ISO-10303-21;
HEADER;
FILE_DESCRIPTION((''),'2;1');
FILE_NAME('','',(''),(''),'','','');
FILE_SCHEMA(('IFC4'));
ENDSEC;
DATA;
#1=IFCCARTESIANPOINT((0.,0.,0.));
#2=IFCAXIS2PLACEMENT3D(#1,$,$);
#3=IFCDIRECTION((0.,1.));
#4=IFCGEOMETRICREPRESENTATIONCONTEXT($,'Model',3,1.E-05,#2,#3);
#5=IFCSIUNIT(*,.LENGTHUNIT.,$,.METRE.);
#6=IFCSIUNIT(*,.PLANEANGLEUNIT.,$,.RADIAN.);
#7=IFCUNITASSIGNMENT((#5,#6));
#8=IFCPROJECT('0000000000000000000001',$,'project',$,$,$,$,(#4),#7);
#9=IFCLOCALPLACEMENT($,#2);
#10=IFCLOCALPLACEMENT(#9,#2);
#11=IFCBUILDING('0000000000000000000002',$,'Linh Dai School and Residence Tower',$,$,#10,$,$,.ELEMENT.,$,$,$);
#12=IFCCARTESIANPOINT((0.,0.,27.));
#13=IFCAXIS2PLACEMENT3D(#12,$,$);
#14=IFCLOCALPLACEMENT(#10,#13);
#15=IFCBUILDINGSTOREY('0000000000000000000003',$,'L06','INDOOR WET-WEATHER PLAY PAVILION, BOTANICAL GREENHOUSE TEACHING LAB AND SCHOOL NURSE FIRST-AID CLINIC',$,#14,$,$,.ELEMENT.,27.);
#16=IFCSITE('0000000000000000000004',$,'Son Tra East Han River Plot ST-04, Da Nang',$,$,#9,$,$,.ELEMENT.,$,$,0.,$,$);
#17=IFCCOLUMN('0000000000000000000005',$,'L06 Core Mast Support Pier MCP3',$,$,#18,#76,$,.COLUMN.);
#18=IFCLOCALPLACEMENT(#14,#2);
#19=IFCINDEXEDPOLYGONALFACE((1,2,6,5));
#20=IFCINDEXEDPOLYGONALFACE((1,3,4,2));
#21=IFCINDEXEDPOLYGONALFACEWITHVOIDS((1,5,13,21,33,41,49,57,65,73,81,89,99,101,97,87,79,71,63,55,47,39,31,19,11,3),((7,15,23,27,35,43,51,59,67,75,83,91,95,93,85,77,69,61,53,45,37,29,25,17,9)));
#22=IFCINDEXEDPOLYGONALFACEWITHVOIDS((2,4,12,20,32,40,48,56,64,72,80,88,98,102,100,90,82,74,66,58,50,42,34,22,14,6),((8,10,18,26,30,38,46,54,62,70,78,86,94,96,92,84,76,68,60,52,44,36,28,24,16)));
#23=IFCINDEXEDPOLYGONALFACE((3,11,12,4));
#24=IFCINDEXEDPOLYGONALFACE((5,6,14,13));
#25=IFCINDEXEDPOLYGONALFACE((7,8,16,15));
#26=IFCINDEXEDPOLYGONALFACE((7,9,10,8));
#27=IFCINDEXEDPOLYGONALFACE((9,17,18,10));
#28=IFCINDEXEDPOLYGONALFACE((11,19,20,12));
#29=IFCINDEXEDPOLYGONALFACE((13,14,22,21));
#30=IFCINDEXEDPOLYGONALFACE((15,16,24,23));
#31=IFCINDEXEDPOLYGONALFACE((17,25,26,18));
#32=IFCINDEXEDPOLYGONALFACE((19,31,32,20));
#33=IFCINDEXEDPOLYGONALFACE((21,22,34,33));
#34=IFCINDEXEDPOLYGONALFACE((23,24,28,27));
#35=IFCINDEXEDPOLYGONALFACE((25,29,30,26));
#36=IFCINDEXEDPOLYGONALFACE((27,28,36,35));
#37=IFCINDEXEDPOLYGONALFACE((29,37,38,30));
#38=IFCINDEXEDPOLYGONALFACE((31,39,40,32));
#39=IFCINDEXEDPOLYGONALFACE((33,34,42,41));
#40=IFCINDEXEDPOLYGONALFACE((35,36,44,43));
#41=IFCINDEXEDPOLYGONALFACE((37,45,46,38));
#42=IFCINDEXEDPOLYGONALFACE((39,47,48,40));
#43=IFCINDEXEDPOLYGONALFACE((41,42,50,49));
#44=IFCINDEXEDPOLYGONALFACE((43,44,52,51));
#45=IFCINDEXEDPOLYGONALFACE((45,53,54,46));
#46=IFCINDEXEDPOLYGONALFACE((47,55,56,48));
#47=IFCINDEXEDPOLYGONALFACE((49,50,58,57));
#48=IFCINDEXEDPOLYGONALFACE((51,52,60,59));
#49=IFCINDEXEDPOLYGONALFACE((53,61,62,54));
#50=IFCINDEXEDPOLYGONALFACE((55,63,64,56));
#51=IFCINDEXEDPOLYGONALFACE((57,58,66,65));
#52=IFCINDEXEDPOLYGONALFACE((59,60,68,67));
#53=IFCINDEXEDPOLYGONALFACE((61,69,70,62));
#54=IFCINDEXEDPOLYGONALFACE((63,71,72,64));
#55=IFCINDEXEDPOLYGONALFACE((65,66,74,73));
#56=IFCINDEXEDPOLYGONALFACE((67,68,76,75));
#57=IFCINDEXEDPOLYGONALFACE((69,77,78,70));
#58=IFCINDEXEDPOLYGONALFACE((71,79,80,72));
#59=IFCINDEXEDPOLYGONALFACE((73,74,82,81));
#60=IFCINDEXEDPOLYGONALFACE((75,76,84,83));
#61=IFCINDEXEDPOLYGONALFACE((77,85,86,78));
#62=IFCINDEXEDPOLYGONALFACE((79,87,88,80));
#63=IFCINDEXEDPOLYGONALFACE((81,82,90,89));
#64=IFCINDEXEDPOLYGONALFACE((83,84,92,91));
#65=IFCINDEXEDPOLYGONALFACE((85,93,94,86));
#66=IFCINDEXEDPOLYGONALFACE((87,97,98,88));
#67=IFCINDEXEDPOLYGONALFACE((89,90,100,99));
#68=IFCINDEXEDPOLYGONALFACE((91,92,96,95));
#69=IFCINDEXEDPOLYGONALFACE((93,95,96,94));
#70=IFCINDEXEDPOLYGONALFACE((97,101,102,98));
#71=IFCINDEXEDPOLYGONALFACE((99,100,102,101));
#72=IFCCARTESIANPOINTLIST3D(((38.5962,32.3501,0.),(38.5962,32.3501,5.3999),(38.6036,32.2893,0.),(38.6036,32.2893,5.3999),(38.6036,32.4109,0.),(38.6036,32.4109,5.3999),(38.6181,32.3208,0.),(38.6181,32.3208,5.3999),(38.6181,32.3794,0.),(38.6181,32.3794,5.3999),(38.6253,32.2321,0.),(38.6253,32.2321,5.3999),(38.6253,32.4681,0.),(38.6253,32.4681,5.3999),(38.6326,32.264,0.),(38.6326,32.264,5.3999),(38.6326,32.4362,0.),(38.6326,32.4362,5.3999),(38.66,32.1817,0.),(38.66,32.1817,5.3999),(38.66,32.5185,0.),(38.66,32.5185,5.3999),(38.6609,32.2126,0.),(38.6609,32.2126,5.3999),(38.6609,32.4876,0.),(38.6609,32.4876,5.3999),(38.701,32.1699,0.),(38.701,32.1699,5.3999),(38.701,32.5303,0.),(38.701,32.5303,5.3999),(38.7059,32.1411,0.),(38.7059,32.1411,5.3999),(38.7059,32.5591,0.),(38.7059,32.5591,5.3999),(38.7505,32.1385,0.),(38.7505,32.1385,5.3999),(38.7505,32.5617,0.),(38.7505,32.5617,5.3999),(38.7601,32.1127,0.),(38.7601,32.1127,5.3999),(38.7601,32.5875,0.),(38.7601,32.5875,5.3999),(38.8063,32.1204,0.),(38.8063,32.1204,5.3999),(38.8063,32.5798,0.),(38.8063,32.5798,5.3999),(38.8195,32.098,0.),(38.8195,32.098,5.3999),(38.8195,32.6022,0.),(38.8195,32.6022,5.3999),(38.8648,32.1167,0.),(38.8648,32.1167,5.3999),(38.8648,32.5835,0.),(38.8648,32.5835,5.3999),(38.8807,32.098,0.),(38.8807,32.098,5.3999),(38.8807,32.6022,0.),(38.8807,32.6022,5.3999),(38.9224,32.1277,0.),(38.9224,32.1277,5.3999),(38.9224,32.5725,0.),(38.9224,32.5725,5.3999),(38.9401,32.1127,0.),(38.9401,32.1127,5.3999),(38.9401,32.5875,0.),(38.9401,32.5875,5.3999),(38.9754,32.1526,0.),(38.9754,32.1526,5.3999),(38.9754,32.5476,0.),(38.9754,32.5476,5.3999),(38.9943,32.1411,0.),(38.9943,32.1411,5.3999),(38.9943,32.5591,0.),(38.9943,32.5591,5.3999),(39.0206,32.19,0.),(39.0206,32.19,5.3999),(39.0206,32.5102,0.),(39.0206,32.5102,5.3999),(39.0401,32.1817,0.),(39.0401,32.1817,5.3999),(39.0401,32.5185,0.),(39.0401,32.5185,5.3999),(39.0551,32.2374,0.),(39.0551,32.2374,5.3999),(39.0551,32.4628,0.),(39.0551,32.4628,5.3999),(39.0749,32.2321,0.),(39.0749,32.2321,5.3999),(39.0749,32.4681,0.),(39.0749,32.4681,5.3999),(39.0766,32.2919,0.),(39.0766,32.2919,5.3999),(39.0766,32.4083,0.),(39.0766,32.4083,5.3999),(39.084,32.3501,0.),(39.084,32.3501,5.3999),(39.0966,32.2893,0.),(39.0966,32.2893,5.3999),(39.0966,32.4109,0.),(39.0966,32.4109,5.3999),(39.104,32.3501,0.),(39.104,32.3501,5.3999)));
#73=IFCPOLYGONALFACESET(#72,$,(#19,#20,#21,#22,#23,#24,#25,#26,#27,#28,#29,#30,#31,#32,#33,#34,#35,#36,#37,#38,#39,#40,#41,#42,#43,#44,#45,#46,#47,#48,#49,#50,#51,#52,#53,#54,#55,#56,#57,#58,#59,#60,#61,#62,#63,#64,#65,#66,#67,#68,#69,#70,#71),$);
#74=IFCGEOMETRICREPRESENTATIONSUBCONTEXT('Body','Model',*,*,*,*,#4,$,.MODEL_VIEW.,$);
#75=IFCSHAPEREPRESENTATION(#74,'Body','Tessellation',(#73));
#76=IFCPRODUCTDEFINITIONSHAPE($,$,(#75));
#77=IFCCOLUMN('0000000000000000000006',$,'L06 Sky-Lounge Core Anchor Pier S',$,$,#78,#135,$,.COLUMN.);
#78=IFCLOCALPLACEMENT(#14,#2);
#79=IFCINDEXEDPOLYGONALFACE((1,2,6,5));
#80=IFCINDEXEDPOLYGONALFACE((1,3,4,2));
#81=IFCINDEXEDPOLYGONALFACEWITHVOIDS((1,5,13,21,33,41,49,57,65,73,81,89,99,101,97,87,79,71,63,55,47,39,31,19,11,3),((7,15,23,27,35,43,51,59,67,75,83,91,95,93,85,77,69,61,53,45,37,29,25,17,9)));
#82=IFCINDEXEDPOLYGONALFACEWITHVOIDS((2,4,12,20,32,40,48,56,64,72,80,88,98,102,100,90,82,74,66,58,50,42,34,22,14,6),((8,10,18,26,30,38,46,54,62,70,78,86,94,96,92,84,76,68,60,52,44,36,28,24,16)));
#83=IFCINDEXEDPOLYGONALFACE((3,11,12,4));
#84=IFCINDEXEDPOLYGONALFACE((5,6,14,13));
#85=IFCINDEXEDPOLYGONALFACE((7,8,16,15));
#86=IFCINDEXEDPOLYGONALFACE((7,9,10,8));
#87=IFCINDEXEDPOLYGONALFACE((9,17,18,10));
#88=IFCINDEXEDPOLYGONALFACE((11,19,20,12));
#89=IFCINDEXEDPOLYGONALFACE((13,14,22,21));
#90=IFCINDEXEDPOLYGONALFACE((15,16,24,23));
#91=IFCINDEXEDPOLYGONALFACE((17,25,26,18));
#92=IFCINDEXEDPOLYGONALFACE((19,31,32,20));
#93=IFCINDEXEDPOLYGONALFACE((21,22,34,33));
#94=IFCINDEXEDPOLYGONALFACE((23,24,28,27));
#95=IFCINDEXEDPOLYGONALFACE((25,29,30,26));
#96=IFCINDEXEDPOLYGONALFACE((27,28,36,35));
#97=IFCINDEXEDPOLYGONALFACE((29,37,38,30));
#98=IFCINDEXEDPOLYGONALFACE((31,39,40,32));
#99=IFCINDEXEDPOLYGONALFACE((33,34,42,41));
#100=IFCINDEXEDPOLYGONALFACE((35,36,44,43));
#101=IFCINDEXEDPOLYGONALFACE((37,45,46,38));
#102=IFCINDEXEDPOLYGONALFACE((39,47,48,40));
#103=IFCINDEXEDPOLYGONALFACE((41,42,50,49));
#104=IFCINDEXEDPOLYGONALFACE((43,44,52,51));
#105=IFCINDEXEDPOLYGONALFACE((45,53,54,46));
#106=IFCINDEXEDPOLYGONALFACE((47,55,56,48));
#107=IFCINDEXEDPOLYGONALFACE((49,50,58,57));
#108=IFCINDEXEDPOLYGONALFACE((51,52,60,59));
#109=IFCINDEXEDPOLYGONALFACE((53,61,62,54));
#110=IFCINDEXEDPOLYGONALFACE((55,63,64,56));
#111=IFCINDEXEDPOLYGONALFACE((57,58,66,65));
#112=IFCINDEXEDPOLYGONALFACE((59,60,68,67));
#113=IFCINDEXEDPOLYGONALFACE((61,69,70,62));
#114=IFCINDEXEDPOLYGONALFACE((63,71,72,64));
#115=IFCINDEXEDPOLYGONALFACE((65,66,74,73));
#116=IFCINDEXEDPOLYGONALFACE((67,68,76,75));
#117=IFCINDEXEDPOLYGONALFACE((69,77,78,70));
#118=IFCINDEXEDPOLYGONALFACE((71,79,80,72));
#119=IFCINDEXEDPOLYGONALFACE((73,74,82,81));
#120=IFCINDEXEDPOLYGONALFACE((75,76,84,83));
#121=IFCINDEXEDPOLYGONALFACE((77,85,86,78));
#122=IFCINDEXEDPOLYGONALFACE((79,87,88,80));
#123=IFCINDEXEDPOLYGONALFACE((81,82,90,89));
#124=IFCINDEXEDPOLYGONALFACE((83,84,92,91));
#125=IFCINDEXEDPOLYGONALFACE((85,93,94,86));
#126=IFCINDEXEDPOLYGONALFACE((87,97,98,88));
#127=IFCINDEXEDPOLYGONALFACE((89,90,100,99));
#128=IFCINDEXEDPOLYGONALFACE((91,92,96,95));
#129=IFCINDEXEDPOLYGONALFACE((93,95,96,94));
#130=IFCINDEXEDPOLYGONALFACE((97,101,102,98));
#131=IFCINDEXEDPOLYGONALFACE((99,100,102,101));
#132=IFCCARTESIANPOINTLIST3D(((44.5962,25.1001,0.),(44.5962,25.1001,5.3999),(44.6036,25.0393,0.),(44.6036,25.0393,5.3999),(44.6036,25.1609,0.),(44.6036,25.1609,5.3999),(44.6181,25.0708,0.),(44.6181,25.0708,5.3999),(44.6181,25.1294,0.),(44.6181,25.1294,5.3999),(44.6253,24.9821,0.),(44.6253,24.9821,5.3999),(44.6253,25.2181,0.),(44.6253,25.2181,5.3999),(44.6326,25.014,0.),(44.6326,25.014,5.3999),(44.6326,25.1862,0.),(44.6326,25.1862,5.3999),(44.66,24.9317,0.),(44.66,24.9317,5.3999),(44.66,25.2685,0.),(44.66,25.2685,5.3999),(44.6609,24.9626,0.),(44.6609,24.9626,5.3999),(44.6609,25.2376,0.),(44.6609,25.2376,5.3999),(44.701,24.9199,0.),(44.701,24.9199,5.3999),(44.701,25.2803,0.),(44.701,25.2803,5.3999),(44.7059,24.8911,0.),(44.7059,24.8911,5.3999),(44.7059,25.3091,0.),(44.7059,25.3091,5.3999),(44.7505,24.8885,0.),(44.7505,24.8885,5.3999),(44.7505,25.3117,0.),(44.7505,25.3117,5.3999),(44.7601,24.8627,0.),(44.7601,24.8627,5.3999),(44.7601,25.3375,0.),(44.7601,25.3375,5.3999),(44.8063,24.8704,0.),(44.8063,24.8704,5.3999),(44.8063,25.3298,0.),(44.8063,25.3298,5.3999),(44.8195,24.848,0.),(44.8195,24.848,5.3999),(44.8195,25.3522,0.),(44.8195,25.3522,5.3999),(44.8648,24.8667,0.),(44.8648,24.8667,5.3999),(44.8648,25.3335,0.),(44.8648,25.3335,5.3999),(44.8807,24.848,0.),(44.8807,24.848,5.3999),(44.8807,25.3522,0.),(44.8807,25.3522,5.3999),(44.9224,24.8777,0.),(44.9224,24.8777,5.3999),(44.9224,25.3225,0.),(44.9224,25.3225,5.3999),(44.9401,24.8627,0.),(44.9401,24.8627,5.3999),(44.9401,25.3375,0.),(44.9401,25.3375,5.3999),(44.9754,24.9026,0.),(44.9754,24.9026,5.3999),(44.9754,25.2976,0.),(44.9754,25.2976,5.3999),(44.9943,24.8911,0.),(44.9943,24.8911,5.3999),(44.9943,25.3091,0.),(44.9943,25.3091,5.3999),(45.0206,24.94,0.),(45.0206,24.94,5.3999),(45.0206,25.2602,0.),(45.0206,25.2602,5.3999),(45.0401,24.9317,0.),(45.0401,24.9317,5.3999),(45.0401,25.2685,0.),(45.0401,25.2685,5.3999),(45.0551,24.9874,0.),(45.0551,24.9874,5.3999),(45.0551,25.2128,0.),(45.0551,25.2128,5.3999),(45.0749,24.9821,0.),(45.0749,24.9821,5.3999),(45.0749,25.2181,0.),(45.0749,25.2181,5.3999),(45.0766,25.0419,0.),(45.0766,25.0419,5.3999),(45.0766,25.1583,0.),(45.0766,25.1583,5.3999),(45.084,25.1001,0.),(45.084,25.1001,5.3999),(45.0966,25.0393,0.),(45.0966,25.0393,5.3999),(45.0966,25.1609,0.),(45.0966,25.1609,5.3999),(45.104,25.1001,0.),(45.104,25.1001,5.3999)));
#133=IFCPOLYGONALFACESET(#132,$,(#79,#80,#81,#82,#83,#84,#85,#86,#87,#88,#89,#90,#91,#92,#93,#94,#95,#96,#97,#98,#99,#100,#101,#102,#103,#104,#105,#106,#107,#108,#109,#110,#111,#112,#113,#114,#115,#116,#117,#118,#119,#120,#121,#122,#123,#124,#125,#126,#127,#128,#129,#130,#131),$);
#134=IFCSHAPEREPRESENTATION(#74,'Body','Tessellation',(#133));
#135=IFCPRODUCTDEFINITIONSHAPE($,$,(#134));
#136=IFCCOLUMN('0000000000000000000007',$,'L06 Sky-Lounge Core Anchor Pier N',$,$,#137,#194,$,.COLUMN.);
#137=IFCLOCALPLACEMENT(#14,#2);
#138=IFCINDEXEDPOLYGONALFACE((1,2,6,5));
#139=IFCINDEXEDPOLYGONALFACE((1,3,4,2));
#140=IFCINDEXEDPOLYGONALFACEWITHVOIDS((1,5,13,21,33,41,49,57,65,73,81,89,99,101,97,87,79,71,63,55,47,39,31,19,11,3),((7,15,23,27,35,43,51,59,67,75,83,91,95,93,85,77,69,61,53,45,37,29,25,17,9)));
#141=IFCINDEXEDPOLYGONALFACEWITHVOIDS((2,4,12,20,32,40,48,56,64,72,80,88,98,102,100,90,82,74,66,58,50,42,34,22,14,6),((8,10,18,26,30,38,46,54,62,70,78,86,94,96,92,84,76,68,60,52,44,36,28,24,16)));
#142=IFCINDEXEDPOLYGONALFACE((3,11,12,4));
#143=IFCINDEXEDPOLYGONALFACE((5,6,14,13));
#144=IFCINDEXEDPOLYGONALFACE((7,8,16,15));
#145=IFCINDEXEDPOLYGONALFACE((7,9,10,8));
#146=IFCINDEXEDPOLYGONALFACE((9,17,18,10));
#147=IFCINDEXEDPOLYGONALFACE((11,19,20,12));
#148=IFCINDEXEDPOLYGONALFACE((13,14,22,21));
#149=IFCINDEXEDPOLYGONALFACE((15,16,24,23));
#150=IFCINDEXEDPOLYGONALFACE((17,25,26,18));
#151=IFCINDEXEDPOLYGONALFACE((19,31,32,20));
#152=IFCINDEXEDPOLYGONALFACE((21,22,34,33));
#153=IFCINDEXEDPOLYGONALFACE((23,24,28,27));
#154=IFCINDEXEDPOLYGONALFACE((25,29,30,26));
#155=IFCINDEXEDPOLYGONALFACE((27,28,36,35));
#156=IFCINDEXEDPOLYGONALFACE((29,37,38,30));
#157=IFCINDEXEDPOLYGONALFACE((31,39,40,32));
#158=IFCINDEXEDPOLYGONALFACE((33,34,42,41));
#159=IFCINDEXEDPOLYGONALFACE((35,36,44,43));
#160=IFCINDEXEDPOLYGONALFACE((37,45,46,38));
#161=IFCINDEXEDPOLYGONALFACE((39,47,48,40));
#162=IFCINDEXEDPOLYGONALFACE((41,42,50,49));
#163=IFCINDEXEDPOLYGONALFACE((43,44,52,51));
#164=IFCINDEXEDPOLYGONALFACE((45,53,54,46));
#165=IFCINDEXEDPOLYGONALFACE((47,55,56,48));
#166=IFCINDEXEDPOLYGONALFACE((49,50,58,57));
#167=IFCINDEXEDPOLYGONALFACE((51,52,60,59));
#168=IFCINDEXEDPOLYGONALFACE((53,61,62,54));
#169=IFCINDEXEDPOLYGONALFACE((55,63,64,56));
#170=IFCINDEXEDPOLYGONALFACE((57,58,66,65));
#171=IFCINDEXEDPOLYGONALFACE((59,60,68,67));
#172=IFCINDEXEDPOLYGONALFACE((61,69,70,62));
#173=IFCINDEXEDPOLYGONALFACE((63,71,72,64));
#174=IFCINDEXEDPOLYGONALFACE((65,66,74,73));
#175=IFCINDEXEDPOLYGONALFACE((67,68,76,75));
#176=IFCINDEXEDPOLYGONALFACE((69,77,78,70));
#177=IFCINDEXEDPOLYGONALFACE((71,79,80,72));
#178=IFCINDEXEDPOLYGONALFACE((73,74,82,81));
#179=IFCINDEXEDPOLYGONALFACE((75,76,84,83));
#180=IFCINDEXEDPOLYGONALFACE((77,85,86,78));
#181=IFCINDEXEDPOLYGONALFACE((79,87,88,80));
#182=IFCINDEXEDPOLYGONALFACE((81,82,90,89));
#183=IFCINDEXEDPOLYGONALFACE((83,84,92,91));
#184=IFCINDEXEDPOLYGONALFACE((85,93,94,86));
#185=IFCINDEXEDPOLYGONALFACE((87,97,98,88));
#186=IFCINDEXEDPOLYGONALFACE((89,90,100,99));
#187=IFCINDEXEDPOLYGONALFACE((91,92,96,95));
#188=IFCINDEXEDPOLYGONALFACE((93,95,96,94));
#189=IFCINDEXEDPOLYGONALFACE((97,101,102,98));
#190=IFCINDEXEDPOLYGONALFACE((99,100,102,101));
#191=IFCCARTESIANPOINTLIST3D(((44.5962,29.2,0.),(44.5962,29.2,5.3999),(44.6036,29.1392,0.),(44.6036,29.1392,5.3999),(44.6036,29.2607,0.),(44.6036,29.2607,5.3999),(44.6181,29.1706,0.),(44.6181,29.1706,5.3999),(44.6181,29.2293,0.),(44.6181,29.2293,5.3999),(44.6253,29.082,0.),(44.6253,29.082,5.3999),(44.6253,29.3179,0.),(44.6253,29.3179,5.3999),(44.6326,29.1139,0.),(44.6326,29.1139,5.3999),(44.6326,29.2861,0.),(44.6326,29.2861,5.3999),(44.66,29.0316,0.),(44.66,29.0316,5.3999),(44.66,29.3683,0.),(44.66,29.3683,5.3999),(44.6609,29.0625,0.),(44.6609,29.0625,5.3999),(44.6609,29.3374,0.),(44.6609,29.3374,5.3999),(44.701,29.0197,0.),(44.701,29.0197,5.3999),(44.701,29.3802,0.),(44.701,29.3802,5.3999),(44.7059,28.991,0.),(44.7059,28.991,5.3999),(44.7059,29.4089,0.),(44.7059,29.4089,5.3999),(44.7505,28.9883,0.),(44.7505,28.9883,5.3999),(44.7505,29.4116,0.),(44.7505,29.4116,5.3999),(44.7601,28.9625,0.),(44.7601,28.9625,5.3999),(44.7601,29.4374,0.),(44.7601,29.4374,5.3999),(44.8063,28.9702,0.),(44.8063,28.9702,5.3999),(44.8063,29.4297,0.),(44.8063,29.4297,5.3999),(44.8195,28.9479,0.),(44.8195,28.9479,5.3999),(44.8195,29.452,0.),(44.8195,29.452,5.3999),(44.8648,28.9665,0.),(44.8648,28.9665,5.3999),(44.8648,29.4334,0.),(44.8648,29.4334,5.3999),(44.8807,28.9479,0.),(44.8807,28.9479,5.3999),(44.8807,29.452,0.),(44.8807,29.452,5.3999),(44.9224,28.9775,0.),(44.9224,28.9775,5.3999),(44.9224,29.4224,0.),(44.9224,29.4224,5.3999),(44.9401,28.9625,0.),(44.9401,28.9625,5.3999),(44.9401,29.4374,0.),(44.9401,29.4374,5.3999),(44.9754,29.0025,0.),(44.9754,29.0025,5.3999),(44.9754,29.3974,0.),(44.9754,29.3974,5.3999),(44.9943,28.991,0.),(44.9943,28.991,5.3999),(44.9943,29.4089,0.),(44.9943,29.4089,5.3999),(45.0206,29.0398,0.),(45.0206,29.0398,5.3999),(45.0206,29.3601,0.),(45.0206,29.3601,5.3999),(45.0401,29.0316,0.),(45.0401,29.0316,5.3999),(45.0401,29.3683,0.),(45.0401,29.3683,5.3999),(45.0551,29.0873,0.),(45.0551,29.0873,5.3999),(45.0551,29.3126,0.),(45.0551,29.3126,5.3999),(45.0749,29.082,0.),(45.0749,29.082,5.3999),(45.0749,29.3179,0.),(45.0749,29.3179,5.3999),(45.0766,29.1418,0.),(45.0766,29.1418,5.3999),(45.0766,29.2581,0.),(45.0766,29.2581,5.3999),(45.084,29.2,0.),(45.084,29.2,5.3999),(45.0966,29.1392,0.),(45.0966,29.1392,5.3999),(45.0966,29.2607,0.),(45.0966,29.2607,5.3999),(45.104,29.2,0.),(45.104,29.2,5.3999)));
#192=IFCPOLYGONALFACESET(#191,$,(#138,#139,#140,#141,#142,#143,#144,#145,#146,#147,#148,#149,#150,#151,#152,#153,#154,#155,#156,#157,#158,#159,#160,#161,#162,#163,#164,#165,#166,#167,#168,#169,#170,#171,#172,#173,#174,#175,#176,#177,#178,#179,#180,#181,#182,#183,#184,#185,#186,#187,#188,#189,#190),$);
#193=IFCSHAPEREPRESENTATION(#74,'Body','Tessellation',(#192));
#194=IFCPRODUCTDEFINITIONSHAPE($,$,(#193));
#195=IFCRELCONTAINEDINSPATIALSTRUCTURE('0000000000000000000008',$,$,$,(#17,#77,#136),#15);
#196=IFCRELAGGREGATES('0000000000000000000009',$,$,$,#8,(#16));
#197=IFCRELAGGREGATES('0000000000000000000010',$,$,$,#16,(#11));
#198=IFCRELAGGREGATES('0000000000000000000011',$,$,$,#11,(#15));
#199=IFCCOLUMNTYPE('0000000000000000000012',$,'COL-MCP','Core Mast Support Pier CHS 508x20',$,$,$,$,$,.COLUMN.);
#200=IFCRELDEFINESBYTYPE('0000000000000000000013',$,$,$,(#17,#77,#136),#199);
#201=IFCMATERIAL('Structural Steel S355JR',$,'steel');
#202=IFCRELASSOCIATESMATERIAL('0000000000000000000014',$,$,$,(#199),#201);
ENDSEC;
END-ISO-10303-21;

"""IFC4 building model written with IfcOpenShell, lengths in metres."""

from ifc_helpers import new_model, si_unit, direction, frame, origin, origin_2d, place, context, subcontext, project, spatial, hollow_circle, extrude, material, material_profile, profile_set, type_object, element, save


model = new_model("IFC4")

# Units and contexts
model_context = context("Model", 3, precision=1e-05, world=origin(), true_north=direction((0.0, 1.0)))
body_context = subcontext(model_context, "Body", "Model", "MODEL_VIEW")
ifc_project = project(units=[si_unit("LENGTHUNIT", "METRE"), si_unit("PLANEANGLEUNIT", "RADIAN")], contexts=[model_context])

# Site, building, storey
site_placement = place(None, origin())
site = spatial("IfcSite", under=ifc_project, at=site_placement, Name="Son Tra East Han River Plot ST-04, Da Nang", CompositionType="ELEMENT", RefElevation=0.0)
building_placement = place(site_placement, origin())
building = spatial("IfcBuilding", under=site, at=building_placement, Name="Linh Dai School and Residence Tower", CompositionType="ELEMENT")
storey_placement = place(building_placement, frame((0.0, 0.0, 27.0)))
storey = spatial("IfcBuildingStorey", under=building, at=storey_placement, Name="L06", Description="INDOOR WET-WEATHER PLAY PAVILION, BOTANICAL GREENHOUSE TEACHING LAB AND SCHOOL NURSE FIRST-AID CLINIC", CompositionType="ELEMENT", Elevation=27.0)

# Columns
ifc_material_1 = material(Name="Structural Steel S355JR", Category="steel")
ifc_material_profile_1 = material_profile(ifc_material_1, hollow_circle(Radius=0.2539, WallThickness=0.02, at=origin_2d()), Name="CHS 508x20")
ifc_profile_set_1 = profile_set([ifc_material_profile_1], Name="Structural Steel S355JR")
column_type_1 = type_object("IfcColumnType", Name="COL-MCP", Description="Core Mast Support Pier CHS 508x20", PredefinedType="COLUMN", material=ifc_profile_set_1)
for number, where, z_axis, x_axis, name in (
    (1, (38.8501, 32.3501, 0.0), (0.0, 0.0, 1.0), (1.0, 0.0, 0.0), "L06 Core Mast Support Pier MCP3"),
    (2, (44.8501, 25.1001, 0.0), (0.0, 0.0, 1.0), (1.0, 0.0, 0.0), "L06 Sky-Lounge Core Anchor Pier S"),
    (3, (44.8501, 29.2, 0.0), (0.0, 0.0, 1.0), (1.0, 0.0, 0.0), "L06 Sky-Lounge Core Anchor Pier N"),
):
    element("IfcColumn", number, at=place(storey_placement, frame(where, z_axis=z_axis, x_axis=x_axis)), inside=storey, type_object=column_type_1, Name=name, PredefinedType="COLUMN", context=body_context, shape_type="SweptSolid", body=[
        extrude(hollow_circle(Radius=0.2539, WallThickness=0.02, at=origin_2d()), origin(), (0.0, 0.0, 1.0), 5.3999),
    ])

save(model, "model.ifc")
